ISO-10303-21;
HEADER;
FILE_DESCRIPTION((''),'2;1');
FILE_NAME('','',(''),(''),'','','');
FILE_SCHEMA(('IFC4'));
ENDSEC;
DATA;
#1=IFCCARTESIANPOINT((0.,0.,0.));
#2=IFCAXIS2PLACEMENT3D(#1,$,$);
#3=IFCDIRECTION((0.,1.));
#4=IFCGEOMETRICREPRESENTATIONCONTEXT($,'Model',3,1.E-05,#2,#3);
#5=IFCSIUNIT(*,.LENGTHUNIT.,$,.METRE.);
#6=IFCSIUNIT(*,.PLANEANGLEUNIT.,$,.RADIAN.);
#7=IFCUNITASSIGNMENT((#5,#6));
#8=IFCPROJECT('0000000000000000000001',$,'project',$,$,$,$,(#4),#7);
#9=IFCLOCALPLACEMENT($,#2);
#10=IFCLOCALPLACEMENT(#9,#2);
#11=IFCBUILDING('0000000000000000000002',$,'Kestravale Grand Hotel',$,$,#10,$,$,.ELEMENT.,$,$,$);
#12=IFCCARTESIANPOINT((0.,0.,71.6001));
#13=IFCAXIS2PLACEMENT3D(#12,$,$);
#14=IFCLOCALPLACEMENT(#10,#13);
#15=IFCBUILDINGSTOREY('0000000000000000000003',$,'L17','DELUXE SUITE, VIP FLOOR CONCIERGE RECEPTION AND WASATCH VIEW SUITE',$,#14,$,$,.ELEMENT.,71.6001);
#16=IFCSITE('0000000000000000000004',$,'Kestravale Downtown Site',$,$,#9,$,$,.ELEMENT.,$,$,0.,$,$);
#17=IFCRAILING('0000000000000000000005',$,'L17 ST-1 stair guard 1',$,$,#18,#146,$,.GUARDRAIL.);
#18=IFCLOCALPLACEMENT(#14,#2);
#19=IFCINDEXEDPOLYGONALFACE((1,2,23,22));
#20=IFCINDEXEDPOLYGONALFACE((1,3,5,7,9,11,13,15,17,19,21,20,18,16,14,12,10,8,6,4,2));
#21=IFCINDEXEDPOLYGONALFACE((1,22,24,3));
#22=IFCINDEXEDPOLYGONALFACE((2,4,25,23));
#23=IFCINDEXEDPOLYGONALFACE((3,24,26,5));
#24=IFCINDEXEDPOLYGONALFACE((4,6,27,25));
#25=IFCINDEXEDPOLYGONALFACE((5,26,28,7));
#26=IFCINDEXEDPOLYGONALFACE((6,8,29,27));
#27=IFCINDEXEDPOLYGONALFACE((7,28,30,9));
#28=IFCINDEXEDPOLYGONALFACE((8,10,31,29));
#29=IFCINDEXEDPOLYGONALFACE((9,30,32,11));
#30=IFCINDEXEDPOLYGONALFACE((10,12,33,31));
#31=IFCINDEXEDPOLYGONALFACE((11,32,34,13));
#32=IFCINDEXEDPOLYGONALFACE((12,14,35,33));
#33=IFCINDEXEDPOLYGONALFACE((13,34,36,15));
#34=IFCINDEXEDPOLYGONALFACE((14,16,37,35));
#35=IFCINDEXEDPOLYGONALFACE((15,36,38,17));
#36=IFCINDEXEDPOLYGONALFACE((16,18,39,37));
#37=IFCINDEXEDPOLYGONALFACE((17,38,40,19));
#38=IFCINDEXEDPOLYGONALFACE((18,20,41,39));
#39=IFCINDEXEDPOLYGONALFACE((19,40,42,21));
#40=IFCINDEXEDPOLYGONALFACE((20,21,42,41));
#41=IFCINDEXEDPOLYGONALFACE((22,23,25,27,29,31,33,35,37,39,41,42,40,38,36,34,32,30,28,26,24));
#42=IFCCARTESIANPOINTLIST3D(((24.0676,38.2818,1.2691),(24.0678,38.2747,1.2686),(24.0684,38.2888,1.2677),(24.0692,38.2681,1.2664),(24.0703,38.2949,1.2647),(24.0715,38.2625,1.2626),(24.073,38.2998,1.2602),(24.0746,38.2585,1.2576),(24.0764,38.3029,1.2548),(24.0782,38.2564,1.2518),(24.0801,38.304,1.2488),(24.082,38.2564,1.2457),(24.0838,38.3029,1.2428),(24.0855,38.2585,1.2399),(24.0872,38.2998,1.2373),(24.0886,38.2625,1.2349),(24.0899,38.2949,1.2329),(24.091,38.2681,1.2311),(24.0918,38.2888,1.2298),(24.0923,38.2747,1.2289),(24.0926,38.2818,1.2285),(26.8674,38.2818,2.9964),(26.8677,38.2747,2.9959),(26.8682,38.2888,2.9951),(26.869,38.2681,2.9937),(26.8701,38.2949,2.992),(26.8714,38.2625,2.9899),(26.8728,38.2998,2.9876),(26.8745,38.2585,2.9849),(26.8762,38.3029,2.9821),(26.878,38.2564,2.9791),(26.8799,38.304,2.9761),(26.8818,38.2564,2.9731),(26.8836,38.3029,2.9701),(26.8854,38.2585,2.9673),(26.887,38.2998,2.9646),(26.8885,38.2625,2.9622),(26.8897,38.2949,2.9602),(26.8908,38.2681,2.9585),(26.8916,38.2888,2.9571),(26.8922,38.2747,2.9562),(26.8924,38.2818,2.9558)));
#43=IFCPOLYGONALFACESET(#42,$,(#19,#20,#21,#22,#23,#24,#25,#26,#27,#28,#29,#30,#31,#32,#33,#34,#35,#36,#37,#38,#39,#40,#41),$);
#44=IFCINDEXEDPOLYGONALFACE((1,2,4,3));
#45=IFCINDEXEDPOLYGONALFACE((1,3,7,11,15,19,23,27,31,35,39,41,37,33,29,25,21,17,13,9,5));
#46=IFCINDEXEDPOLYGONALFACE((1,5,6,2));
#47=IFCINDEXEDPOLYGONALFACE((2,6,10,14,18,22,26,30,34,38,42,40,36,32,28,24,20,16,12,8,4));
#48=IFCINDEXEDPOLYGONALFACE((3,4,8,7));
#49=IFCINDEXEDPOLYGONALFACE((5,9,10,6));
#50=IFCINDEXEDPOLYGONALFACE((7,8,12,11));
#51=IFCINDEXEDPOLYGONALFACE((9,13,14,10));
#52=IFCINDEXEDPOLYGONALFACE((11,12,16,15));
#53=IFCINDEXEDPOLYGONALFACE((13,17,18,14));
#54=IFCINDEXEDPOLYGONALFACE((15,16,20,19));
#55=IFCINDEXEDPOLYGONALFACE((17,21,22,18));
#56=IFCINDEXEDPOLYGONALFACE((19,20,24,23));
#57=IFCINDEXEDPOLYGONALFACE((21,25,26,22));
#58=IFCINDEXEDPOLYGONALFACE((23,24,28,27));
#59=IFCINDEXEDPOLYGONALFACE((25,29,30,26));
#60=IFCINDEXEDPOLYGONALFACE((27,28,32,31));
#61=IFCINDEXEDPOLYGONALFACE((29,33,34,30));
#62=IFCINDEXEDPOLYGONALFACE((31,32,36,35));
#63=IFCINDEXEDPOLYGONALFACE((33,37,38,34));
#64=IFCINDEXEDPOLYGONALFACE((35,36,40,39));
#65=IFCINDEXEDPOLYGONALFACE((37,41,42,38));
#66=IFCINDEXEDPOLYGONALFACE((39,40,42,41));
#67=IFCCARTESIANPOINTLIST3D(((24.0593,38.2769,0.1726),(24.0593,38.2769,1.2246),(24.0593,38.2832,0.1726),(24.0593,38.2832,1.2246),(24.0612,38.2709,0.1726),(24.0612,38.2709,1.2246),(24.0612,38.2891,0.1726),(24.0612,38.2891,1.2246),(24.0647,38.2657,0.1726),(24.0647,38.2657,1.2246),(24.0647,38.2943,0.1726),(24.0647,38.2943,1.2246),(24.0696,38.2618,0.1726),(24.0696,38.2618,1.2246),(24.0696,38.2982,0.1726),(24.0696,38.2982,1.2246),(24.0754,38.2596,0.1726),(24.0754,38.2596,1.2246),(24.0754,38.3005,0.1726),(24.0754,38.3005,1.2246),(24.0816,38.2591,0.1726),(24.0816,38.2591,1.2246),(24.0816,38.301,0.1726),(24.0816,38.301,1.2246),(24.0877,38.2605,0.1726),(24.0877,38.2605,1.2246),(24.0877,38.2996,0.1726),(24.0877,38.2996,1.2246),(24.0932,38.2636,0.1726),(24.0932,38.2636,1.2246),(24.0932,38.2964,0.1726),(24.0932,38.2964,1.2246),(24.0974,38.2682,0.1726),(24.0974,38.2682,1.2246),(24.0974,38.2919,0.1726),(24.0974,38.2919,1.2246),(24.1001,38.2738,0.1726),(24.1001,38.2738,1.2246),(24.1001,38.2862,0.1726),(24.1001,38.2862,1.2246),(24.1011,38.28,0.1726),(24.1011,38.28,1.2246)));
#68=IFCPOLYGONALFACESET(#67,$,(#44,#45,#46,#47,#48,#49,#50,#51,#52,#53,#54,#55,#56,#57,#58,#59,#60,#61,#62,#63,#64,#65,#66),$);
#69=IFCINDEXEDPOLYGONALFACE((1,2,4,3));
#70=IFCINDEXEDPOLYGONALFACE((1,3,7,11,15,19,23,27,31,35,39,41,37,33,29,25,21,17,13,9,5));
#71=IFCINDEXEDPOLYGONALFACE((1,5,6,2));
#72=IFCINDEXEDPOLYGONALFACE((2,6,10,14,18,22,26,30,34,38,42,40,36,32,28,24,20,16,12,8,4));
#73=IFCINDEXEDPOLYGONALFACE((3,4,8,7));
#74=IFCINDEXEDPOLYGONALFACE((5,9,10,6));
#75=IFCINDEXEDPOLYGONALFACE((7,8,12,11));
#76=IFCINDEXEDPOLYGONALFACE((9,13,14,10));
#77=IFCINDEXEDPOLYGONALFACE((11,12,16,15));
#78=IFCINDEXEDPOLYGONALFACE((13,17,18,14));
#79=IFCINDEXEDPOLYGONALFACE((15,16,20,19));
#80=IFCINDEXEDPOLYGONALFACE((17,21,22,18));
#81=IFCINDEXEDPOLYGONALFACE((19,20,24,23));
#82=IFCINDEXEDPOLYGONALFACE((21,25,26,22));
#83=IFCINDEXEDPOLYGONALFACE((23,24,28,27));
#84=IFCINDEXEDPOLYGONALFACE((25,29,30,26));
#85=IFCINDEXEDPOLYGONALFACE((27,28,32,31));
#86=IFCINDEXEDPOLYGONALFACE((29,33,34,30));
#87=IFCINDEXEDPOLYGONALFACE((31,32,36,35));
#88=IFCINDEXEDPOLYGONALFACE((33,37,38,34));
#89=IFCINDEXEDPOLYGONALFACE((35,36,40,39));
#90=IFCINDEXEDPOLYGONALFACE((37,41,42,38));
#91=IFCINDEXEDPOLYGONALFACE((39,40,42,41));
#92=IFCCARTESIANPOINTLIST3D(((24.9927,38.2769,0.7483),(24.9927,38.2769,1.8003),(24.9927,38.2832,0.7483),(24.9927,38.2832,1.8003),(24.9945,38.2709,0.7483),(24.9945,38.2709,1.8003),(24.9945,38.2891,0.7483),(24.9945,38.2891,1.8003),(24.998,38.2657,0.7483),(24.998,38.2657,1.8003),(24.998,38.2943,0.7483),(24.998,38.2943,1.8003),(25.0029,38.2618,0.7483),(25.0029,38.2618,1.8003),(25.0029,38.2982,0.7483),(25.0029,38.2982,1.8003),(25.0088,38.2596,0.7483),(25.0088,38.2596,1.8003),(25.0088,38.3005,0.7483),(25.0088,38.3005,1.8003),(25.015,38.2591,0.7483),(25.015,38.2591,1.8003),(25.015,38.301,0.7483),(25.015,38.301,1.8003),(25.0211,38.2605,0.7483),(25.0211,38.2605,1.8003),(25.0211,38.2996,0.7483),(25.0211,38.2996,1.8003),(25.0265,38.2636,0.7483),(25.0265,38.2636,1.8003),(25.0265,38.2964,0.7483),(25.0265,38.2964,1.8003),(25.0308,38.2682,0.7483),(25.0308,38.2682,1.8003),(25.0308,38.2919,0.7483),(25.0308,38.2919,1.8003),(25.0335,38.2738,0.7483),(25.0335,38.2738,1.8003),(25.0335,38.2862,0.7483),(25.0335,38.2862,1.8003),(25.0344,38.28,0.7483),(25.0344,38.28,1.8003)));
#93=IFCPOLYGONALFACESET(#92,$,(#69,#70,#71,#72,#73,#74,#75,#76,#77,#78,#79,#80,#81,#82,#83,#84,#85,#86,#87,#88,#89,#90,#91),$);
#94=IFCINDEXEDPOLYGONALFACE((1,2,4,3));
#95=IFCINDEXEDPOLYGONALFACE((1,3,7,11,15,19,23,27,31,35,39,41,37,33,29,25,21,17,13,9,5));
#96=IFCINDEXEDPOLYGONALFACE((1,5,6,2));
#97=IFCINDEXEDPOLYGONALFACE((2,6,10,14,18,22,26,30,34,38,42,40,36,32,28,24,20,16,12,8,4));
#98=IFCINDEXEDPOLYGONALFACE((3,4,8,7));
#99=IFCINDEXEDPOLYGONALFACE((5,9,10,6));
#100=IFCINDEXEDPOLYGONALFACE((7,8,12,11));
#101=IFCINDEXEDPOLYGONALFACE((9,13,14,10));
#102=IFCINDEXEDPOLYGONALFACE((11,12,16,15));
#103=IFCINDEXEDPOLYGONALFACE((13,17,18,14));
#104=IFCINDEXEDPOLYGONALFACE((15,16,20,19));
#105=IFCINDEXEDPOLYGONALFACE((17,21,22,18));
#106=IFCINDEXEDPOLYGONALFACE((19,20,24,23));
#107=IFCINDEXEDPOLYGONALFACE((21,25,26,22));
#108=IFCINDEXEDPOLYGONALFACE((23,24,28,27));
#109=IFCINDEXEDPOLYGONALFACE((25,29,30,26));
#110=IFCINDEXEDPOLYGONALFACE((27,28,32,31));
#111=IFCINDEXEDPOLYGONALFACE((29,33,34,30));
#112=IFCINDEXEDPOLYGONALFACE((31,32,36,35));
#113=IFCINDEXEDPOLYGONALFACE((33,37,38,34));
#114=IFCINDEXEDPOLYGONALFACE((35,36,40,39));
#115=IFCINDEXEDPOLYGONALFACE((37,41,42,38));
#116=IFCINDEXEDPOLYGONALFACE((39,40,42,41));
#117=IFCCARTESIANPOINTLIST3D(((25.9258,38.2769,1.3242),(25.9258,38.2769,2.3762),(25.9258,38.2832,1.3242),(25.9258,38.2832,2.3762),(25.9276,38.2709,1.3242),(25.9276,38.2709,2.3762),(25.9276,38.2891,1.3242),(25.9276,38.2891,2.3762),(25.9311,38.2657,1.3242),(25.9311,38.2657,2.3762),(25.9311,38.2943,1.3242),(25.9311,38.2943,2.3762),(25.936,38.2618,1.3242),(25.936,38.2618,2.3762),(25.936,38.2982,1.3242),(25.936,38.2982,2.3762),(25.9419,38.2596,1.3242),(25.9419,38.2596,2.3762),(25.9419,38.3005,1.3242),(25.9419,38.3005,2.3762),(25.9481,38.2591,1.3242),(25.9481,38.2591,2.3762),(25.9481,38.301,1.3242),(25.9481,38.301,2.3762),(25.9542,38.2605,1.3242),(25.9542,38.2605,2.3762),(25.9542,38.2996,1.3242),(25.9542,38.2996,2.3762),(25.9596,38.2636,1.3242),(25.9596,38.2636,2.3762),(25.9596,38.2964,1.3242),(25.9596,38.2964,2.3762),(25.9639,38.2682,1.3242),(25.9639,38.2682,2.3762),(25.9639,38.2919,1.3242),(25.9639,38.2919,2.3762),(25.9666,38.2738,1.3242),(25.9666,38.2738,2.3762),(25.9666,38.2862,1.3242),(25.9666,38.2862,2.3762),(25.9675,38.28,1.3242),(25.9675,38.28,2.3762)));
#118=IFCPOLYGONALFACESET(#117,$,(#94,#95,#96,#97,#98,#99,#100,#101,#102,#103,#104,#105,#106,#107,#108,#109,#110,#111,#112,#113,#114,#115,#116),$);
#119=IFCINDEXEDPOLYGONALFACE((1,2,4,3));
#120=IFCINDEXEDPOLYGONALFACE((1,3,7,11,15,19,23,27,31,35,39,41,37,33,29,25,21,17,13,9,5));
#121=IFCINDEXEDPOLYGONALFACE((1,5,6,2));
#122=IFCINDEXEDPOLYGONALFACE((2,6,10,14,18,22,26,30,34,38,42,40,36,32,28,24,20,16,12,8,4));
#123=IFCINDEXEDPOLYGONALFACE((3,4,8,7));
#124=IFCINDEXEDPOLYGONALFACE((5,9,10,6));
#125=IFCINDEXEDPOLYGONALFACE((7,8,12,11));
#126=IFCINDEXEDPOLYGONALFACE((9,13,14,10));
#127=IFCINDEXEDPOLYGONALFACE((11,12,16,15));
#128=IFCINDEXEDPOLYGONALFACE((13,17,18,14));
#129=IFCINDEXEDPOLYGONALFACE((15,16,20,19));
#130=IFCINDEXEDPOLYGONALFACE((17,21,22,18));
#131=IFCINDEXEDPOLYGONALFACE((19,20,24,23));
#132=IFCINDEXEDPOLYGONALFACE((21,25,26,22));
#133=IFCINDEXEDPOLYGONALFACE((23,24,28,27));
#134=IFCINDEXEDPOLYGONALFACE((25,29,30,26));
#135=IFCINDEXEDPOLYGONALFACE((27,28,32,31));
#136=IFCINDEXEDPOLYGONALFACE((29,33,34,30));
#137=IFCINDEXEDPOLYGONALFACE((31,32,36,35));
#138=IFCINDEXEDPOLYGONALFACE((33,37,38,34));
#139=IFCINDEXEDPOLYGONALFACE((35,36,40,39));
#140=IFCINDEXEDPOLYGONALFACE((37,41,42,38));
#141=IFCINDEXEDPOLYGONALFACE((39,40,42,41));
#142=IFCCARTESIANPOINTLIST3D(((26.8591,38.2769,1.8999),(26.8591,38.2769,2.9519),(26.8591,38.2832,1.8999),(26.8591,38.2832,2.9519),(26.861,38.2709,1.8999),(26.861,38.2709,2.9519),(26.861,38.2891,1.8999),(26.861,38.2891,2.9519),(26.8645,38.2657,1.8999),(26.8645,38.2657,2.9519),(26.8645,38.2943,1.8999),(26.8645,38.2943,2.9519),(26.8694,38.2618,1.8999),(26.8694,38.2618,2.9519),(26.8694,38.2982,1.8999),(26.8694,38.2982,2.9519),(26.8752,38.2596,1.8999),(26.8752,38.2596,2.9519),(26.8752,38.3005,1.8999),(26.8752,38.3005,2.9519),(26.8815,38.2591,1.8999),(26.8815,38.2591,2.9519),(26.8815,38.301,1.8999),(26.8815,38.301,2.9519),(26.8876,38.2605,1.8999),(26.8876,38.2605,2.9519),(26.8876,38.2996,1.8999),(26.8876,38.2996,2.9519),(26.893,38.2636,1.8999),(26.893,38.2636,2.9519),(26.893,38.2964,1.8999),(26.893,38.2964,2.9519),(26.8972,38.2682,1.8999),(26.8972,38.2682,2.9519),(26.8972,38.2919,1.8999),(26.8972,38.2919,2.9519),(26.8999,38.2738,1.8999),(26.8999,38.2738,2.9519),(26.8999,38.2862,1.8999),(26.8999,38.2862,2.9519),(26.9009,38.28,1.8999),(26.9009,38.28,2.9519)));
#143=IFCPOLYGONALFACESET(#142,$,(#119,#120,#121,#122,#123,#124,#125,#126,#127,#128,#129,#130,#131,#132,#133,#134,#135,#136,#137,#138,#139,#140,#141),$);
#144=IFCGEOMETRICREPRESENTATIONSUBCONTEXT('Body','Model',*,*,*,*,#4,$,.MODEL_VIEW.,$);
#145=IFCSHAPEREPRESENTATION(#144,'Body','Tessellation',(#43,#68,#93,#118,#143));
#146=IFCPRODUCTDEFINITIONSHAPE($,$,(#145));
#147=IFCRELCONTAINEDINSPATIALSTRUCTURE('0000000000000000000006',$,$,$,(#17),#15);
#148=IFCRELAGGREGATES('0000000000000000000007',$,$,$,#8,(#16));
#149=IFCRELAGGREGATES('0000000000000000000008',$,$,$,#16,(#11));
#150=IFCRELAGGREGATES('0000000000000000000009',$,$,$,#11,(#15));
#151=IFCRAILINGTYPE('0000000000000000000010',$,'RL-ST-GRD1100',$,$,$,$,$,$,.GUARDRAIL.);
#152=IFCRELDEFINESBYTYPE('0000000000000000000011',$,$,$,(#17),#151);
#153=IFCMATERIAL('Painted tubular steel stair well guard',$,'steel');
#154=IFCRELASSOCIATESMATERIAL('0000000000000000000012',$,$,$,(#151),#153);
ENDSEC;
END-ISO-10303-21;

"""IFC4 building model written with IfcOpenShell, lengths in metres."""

from ifc_helpers import new_model, si_unit, direction, frame, origin, origin_2d, place, context, subcontext, project, spatial, circle, extrude, material, type_object, element, save


model = new_model("IFC4")

# Units and contexts
model_context = context("Model", 3, precision=1e-05, world=origin(), true_north=direction((0.0, 1.0)))
body_context = subcontext(model_context, "Body", "Model", "MODEL_VIEW")
ifc_project = project(units=[si_unit("LENGTHUNIT", "METRE"), si_unit("PLANEANGLEUNIT", "RADIAN")], contexts=[model_context])

# Site, building, storey
site_placement = place(None, origin())
site = spatial("IfcSite", under=ifc_project, at=site_placement, Name="Kestravale Downtown Site", CompositionType="ELEMENT", RefElevation=0.0)
building_placement = place(site_placement, origin())
building = spatial("IfcBuilding", under=site, at=building_placement, Name="Kestravale Grand Hotel", CompositionType="ELEMENT")
storey_placement = place(building_placement, frame((0.0, 0.0, 71.6001)))
storey = spatial("IfcBuildingStorey", under=building, at=storey_placement, Name="L17", Description="DELUXE SUITE, VIP FLOOR CONCIERGE RECEPTION AND WASATCH VIEW SUITE", CompositionType="ELEMENT", Elevation=71.6001)

# Railing
ifc_material_1 = material(Name="Painted tubular steel stair well guard", Category="steel")
railing_type_1 = type_object("IfcRailingType", Name="RL-ST-GRD1100", PredefinedType="GUARDRAIL", material=ifc_material_1)
railing_1_placement = place(storey_placement, frame((24.0801, 38.28, 0.1726)))
element("IfcRailing", 1, at=railing_1_placement, inside=storey, type_object=railing_type_1, Name="L17 ST-1 stair guard 1", PredefinedType="GUARDRAIL", context=body_context, shape_type="SweptSolid", body=[
    extrude(circle(Radius=0.0239, at=origin_2d()), frame((0.0, 0.0, 1.0762), z_axis=(0.851069, 0.0, 0.525054), x_axis=(0.0, 1.0, 0.0)), (0.0, 0.0, 1.0), 3.2898),
    extrude(circle(Radius=0.021, at=origin_2d()), origin(), (0.0, 0.0, 1.0), 1.052),
    extrude(circle(Radius=0.021, at=origin_2d()), frame((0.9333, 0.0, 0.5757)), (0.0, 0.0, 1.0), 1.052),
    extrude(circle(Radius=0.021, at=origin_2d()), frame((1.8665, 0.0, 1.1516)), (0.0, 0.0, 1.0), 1.052),
    extrude(circle(Radius=0.021, at=origin_2d()), frame((2.7998, 0.0, 1.7273)), (0.0, 0.0, 1.0), 1.052),
])

save(model, "model.ifc")
